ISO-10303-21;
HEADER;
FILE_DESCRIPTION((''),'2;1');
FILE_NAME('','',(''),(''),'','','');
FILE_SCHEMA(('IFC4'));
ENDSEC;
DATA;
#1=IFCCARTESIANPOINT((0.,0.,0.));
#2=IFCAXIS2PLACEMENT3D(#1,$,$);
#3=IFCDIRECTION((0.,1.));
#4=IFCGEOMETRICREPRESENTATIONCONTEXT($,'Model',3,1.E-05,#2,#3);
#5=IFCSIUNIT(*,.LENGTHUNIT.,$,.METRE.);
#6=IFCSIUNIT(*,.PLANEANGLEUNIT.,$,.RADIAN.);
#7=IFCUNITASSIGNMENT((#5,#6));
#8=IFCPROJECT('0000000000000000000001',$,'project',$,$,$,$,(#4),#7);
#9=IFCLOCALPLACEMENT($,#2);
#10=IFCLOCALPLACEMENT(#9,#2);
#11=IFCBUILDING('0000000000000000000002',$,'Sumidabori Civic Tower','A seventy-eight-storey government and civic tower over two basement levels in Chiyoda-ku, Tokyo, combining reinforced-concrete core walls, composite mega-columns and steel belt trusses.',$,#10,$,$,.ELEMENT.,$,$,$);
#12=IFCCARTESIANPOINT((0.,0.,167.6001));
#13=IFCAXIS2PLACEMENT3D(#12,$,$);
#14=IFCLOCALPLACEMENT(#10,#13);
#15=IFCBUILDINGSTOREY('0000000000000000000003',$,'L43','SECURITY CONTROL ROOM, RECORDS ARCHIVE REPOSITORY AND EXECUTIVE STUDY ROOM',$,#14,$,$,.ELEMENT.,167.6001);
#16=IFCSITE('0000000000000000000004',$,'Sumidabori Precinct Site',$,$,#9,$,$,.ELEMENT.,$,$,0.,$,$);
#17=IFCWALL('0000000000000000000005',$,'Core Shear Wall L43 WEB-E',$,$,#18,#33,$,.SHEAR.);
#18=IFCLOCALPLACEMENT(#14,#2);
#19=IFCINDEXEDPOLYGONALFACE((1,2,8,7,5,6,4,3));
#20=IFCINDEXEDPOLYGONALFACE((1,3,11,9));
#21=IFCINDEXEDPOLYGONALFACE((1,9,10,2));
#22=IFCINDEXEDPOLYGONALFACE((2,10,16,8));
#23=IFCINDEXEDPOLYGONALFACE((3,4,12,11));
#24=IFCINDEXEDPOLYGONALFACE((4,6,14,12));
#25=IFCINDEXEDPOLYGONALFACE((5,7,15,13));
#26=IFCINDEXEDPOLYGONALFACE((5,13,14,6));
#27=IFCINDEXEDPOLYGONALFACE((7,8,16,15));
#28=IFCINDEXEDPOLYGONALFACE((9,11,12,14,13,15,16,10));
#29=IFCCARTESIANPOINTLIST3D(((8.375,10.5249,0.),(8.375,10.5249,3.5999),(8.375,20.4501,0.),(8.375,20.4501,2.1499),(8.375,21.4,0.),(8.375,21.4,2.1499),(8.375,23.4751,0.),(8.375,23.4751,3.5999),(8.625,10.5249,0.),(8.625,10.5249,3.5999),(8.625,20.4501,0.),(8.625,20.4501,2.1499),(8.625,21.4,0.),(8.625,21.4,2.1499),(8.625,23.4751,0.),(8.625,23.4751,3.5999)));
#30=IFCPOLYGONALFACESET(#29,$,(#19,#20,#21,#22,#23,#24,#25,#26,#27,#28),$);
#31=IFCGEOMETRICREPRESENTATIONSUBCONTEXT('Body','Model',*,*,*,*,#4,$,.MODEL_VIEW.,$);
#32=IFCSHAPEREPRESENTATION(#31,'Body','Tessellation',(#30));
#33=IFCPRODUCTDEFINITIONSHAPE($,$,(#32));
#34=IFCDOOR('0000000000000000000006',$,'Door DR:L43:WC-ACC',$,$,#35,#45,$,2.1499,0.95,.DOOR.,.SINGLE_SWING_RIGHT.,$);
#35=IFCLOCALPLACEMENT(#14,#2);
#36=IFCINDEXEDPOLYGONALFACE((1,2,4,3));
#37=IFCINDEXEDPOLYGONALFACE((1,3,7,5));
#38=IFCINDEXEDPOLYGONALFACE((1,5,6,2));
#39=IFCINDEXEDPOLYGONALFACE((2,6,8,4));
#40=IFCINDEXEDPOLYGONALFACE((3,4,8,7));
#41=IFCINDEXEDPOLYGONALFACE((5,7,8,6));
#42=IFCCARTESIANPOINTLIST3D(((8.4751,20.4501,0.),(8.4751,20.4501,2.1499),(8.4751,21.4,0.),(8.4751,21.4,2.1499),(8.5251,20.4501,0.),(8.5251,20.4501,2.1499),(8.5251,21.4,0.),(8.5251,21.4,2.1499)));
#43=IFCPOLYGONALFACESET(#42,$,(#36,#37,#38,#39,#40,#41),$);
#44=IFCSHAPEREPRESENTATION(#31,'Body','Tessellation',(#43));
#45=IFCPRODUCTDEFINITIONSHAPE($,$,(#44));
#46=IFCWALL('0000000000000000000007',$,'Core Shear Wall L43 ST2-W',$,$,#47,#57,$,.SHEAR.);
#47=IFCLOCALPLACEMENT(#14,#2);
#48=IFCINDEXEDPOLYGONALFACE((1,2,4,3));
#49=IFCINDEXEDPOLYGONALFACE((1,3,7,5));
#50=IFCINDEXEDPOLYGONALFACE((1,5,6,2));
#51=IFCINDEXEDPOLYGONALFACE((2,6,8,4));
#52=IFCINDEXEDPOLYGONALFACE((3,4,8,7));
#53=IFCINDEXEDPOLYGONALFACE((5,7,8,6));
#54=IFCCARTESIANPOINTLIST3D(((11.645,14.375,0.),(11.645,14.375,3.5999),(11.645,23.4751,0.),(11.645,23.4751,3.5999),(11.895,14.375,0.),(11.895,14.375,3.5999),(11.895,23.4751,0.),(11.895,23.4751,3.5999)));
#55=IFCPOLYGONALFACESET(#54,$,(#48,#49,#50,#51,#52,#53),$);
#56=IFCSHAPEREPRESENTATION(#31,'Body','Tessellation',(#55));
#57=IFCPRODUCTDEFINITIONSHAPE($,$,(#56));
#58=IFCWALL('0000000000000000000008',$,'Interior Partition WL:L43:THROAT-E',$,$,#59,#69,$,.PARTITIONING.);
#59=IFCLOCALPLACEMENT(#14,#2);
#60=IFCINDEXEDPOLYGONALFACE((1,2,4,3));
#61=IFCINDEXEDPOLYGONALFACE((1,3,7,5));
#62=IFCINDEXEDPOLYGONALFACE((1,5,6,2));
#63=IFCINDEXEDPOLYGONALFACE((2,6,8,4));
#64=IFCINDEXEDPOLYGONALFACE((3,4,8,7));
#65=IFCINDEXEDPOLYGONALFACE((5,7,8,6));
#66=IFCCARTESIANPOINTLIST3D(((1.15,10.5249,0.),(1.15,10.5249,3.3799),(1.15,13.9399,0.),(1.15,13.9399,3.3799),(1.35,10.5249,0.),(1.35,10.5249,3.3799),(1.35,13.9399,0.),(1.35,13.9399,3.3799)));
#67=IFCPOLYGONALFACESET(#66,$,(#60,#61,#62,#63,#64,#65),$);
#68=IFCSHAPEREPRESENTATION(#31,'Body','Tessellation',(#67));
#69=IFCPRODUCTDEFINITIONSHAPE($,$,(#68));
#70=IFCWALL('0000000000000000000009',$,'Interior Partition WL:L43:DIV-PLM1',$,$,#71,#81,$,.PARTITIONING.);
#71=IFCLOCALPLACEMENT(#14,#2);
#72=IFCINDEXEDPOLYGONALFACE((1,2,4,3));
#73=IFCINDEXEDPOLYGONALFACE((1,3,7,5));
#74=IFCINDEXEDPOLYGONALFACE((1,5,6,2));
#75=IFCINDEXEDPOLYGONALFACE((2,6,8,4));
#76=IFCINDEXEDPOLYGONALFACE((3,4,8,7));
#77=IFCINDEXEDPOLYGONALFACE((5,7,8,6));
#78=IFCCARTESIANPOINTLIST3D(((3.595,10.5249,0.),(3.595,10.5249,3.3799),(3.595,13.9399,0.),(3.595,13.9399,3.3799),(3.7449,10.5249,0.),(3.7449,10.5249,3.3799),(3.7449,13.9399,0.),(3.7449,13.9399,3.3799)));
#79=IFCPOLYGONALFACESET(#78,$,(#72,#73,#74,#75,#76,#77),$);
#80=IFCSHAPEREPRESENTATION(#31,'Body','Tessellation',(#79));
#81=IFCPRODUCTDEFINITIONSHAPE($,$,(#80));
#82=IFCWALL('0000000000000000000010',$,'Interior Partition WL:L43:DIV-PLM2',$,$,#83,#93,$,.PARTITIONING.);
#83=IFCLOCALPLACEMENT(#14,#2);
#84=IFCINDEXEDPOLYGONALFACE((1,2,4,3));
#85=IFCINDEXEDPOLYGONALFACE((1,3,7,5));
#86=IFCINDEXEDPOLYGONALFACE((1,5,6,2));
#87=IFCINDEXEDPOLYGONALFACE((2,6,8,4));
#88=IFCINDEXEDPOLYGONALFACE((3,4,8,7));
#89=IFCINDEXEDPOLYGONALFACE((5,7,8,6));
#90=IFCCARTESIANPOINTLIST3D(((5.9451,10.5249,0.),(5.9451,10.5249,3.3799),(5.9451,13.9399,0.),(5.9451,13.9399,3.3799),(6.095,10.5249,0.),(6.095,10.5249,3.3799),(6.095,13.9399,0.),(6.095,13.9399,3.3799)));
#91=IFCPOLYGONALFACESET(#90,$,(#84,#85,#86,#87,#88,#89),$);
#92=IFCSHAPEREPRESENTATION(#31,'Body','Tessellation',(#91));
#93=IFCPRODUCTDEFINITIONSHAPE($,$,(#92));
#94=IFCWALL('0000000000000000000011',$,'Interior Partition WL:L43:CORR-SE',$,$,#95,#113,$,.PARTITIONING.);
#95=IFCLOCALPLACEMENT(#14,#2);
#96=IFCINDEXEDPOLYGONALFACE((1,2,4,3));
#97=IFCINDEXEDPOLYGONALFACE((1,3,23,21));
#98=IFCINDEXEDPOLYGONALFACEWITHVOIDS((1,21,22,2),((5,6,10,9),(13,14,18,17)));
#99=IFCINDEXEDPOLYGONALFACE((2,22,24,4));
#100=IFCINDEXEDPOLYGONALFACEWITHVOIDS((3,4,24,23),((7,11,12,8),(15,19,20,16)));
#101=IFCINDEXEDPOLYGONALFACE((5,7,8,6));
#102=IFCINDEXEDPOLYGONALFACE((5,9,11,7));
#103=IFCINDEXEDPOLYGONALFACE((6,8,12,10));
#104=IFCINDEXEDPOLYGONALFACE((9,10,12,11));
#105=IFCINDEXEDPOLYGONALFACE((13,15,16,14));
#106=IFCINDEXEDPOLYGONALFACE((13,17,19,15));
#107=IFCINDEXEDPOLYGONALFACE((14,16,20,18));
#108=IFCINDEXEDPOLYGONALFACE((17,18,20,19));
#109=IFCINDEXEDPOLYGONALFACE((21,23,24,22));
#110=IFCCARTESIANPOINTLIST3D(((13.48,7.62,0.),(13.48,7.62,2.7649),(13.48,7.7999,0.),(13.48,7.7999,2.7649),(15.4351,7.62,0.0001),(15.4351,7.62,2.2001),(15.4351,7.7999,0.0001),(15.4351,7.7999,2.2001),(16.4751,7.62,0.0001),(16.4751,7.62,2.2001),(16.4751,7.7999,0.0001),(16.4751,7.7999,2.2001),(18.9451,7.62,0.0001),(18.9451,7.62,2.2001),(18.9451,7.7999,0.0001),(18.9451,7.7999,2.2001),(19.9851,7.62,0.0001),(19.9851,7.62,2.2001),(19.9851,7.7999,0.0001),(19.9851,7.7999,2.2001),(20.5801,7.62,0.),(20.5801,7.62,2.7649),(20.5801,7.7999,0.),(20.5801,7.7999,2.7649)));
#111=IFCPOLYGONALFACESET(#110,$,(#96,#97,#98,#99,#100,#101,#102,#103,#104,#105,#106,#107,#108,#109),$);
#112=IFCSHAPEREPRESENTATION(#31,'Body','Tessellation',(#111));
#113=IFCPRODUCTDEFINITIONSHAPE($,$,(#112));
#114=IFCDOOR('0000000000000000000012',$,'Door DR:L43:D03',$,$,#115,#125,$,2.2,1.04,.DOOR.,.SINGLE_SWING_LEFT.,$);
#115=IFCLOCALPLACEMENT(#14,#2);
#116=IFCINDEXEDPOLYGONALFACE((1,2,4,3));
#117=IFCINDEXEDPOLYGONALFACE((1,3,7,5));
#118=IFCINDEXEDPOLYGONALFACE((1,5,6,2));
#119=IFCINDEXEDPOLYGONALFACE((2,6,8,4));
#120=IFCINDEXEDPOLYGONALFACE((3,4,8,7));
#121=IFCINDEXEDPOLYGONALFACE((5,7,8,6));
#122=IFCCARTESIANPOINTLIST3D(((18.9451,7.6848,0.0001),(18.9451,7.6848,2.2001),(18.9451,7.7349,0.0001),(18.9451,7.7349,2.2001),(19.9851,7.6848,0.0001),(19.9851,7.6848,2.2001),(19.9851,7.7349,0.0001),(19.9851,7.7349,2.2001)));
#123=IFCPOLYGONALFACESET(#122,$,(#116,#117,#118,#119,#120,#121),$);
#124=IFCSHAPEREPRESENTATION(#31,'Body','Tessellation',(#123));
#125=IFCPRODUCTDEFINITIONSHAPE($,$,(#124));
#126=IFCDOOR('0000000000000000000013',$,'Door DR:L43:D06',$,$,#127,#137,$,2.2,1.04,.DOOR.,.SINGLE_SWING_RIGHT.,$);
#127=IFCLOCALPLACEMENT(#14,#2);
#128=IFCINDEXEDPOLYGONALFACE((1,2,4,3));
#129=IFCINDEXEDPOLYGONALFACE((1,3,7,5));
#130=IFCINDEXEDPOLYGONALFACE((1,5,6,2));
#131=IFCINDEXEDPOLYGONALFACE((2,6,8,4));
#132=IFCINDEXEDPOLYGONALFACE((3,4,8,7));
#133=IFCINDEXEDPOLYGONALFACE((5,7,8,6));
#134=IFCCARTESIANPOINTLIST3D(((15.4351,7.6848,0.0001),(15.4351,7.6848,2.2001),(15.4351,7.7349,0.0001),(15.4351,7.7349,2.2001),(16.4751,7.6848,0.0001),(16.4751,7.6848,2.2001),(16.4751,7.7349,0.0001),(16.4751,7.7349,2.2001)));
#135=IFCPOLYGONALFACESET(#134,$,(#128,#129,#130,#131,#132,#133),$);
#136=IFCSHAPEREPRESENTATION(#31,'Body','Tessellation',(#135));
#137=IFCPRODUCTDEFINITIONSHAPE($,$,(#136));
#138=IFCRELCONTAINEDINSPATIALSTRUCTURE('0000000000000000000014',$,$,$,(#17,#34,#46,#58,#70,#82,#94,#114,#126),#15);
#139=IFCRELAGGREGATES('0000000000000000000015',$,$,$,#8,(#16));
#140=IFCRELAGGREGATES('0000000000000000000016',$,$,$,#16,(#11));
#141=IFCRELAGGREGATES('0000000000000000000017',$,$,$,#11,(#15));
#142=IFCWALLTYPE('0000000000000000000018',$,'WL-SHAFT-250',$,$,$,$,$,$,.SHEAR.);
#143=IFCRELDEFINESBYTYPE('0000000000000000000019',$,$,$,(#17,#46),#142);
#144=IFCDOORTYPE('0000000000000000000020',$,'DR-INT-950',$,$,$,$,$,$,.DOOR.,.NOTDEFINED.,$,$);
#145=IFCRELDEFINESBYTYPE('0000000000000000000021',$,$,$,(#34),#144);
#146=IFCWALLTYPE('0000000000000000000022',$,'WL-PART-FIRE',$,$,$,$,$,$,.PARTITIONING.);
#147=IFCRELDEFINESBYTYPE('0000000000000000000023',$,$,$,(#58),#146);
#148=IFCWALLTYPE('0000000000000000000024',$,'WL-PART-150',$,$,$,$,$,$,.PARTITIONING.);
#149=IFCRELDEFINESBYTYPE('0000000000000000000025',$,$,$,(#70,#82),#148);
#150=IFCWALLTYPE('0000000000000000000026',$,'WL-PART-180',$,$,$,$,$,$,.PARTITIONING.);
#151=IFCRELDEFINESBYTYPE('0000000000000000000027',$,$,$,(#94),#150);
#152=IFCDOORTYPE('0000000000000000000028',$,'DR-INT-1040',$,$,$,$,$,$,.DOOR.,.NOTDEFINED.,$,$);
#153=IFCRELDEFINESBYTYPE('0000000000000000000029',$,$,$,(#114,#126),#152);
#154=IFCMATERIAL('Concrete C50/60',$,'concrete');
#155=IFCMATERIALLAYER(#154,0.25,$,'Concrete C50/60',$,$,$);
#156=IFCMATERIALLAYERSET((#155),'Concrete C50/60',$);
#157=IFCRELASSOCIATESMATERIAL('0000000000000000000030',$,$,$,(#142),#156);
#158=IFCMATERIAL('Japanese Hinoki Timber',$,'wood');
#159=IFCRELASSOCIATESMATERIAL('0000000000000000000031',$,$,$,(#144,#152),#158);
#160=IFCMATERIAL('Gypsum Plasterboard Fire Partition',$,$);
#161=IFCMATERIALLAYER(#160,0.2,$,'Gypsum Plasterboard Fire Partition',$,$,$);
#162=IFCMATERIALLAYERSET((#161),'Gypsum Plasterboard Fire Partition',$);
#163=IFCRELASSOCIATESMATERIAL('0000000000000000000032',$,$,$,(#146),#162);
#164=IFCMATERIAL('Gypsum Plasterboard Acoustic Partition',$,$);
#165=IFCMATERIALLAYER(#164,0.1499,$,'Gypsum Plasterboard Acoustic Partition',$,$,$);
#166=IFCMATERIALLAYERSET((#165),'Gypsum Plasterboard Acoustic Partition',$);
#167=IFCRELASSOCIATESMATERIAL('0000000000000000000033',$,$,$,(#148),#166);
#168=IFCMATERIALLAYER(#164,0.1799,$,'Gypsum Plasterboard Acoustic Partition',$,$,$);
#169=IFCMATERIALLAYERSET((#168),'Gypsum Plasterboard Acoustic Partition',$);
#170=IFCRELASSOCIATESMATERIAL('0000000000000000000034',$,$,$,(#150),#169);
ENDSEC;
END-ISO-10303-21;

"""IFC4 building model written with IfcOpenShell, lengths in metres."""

from ifc_helpers import new_model, si_unit, direction, frame, frame_2d, origin, place, context, subcontext, project, spatial, rectangle, extrude, source, transform, mapped, material, layer, layer_set, type_object, element, fill, save


model = new_model("IFC4")

# Units and contexts
model_context = context("Model", 3, precision=1e-05, world=origin(), true_north=direction((0.0, 1.0)))
body_context = subcontext(model_context, "Body", "Model", "MODEL_VIEW")
ifc_project = project(units=[si_unit("LENGTHUNIT", "METRE"), si_unit("PLANEANGLEUNIT", "RADIAN")], contexts=[model_context])

# Site, building, storey
site_placement = place(None, origin())
site = spatial("IfcSite", under=ifc_project, at=site_placement, Name="Sumidabori Precinct Site", CompositionType="ELEMENT", RefElevation=0.0)
building_placement = place(site_placement, origin())
building = spatial("IfcBuilding", under=site, at=building_placement, Name="Sumidabori Civic Tower", Description="A seventy-eight-storey government and civic tower over two basement levels in Chiyoda-ku, Tokyo, combining reinforced-concrete core walls, composite mega-columns and steel belt trusses.", CompositionType="ELEMENT")
storey_placement = place(building_placement, frame((0.0, 0.0, 167.6001)))
storey = spatial("IfcBuildingStorey", under=building, at=storey_placement, Name="L43", Description="SECURITY CONTROL ROOM, RECORDS ARCHIVE REPOSITORY AND EXECUTIVE STUDY ROOM", CompositionType="ELEMENT", Elevation=167.6001)

# Shared definitions
ifc_material_1 = material(Name="Concrete C50/60", Category="concrete")

# Wall, opening, door
ifc_layer_1 = layer(ifc_material_1, 0.25, Name="Concrete C50/60")
ifc_layer_set_1 = layer_set([ifc_layer_1], Name="Concrete C50/60")
wall_type_1 = type_object("IfcWallType", Name="WL-SHAFT-250", PredefinedType="SHEAR", material=ifc_layer_set_1)
shared_shape_1 = source(origin(), body_context, "Body", "SweptSolid", [
    extrude(rectangle(XDim=12.9502, YDim=0.25, at=frame_2d((6.4751, 0.0))), origin(), (0.0, 0.0, 1.0), 3.5999),
])
wall_1_placement = place(storey_placement, frame((8.5, 10.5249, 0.0), z_axis=(0.0, 0.0, 1.0), x_axis=(0.0, 1.0, 0.0)))
wall_1 = element("IfcWall", 1, at=wall_1_placement, inside=storey, type_object=wall_type_1, Name="Core Shear Wall L43 WEB-E", PredefinedType="SHEAR", context=body_context, shape_type="MappedRepresentation", body=[
    mapped(shared_shape_1, transform((0.0, 0.0, 0.0), x_axis=(1.0, 0.0, 0.0), y_axis=(0.0, 1.0, 0.0), z_axis=(0.0, 0.0, 1.0), scale=1.0)),
])
opening_1_placement = place(wall_1_placement, frame((9.925, 0.0, 0.0)))
opening_1 = element("IfcOpeningElement", 2, at=opening_1_placement, cuts=wall_1, PredefinedType="OPENING", context=body_context, shape_type="SweptSolid", body=[
    extrude(rectangle(XDim=0.95, YDim=2.1499, at=frame_2d((0.4751, 1.075))), frame((0.0, 0.137, 0.0), z_axis=(0.0, -1.0, 0.0), x_axis=(1.0, 0.0, 0.0)), (0.0, 0.0, 1.0), 0.2739),
])
ifc_material_2 = material(Name="Japanese Hinoki Timber", Category="wood")
door_type_1 = type_object("IfcDoorType", Name="DR-INT-950", OperationType="NOTDEFINED", PredefinedType="DOOR", material=ifc_material_2)
shared_shape_2 = source(origin(), body_context, "Body", "SweptSolid", [
    extrude(rectangle(XDim=0.95, YDim=2.1499, at=frame_2d((0.4751, 1.075))), frame((0.0, 0.0249, 0.0), z_axis=(0.0, -1.0, 0.0), x_axis=(1.0, 0.0, 0.0)), (0.0, 0.0, 1.0), 0.05),
])
door_1_placement = place(opening_1_placement, origin())
door_1 = element("IfcDoor", 3, at=door_1_placement, inside=storey, type_object=door_type_1, Name="Door DR:L43:WC-ACC", OperationType="SINGLE_SWING_RIGHT", OverallHeight=2.1499, OverallWidth=0.95, PredefinedType="DOOR", context=body_context, shape_type="MappedRepresentation", body=[
    mapped(shared_shape_2, transform((0.0, 0.0, 0.0), x_axis=(1.0, 0.0, 0.0), y_axis=(0.0, 1.0, 0.0), z_axis=(0.0, 0.0, 1.0), scale=1.0)),
])
fill(opening_1, door_1)

# Wall
shared_shape_3 = source(origin(), body_context, "Body", "SweptSolid", [
    extrude(rectangle(XDim=9.1001, YDim=0.25, at=frame_2d((4.55, 0.0))), origin(), (0.0, 0.0, 1.0), 3.5999),
])
wall_2_placement = place(storey_placement, frame((11.77, 14.375, 0.0), z_axis=(0.0, 0.0, 1.0), x_axis=(0.0, 1.0, 0.0)))
element("IfcWall", 4, at=wall_2_placement, inside=storey, type_object=wall_type_1, Name="Core Shear Wall L43 ST2-W", PredefinedType="SHEAR", context=body_context, shape_type="MappedRepresentation", body=[
    mapped(shared_shape_3, transform((0.0, 0.0, 0.0), x_axis=(1.0, 0.0, 0.0), y_axis=(0.0, 1.0, 0.0), z_axis=(0.0, 0.0, 1.0), scale=1.0)),
])

# Shared definitions
ifc_material_3 = material(Name="Gypsum Plasterboard Fire Partition")
ifc_layer_2 = layer(ifc_material_3, 0.2, Name="Gypsum Plasterboard Fire Partition")
ifc_layer_set_2 = layer_set([ifc_layer_2], Name="Gypsum Plasterboard Fire Partition")
wall_type_2 = type_object("IfcWallType", Name="WL-PART-FIRE", PredefinedType="PARTITIONING", material=ifc_layer_set_2)

# Walls
shared_shape_4 = source(origin(), body_context, "Body", "SweptSolid", [
    extrude(rectangle(XDim=3.415, YDim=0.2, at=frame_2d((1.7075, 0.0))), origin(), (0.0, 0.0, 1.0), 3.3799),
])
wall_3_placement = place(storey_placement, frame((1.25, 10.5249, 0.0), z_axis=(0.0, 0.0, 1.0), x_axis=(0.0, 1.0, 0.0)))
element("IfcWall", 5, at=wall_3_placement, inside=storey, type_object=wall_type_2, Name="Interior Partition WL:L43:THROAT-E", PredefinedType="PARTITIONING", context=body_context, shape_type="MappedRepresentation", body=[
    mapped(shared_shape_4, transform((0.0, 0.0, 0.0), x_axis=(1.0, 0.0, 0.0), y_axis=(0.0, 1.0, 0.0), z_axis=(0.0, 0.0, 1.0), scale=1.0)),
])
ifc_material_4 = material(Name="Gypsum Plasterboard Acoustic Partition")
ifc_layer_3 = layer(ifc_material_4, 0.1499, Name="Gypsum Plasterboard Acoustic Partition")
ifc_layer_set_3 = layer_set([ifc_layer_3], Name="Gypsum Plasterboard Acoustic Partition")
wall_type_3 = type_object("IfcWallType", Name="WL-PART-150", PredefinedType="PARTITIONING", material=ifc_layer_set_3)
shared_shape_5 = source(origin(), body_context, "Body", "SweptSolid", [
    extrude(rectangle(XDim=3.415, YDim=0.1499, at=frame_2d((1.7075, 0.0))), origin(), (0.0, 0.0, 1.0), 3.3799),
])
for number, where, z_axis, x_axis, name in (
    (6, (3.6699, 10.5249, 0.0), (0.0, 0.0, 1.0), (0.0, 1.0, 0.0), "Interior Partition WL:L43:DIV-PLM1"),
    (7, (6.02, 10.5249, 0.0), (0.0, 0.0, 1.0), (0.0, 1.0, 0.0), "Interior Partition WL:L43:DIV-PLM2"),
):
    element("IfcWall", number, at=place(storey_placement, frame(where, z_axis=z_axis, x_axis=x_axis)), inside=storey, type_object=wall_type_3, Name=name, PredefinedType="PARTITIONING", context=body_context, shape_type="MappedRepresentation", body=[
        mapped(shared_shape_5, transform((0.0, 0.0, 0.0), x_axis=(1.0, 0.0, 0.0), y_axis=(0.0, 1.0, 0.0), z_axis=(0.0, 0.0, 1.0), scale=1.0)),
    ])

# Wall, openings, doors
ifc_layer_4 = layer(ifc_material_4, 0.1799, Name="Gypsum Plasterboard Acoustic Partition")
ifc_layer_set_4 = layer_set([ifc_layer_4], Name="Gypsum Plasterboard Acoustic Partition")
wall_type_4 = type_object("IfcWallType", Name="WL-PART-180", PredefinedType="PARTITIONING", material=ifc_layer_set_4)
shared_shape_6 = source(origin(), body_context, "Body", "SweptSolid", [
    extrude(rectangle(XDim=7.1001, YDim=0.1799, at=frame_2d((3.55, 0.0))), origin(), (0.0, 0.0, 1.0), 2.7649),
])
wall_4_placement = place(storey_placement, frame((13.48, 7.71, 0.0), z_axis=(0.0, 0.0, 1.0), x_axis=(1.0, 0.0, 0.0)))
wall_4 = element("IfcWall", 8, at=wall_4_placement, inside=storey, type_object=wall_type_4, Name="Interior Partition WL:L43:CORR-SE", PredefinedType="PARTITIONING", context=body_context, shape_type="MappedRepresentation", body=[
    mapped(shared_shape_6, transform((0.0, 0.0, 0.0), x_axis=(1.0, 0.0, 0.0), y_axis=(0.0, 1.0, 0.0), z_axis=(0.0, 0.0, 1.0), scale=1.0)),
])
opening_2_placement = place(wall_4_placement, frame((5.4651, 0.0, 0.0)))
opening_2 = element("IfcOpeningElement", 9, at=opening_2_placement, cuts=wall_4, PredefinedType="OPENING", context=body_context, shape_type="SweptSolid", body=[
    extrude(rectangle(XDim=1.04, YDim=2.2, at=frame_2d((0.52, 1.1001))), frame((0.0, 0.1021, 0.0), z_axis=(0.0, -1.0, 0.0), x_axis=(1.0, 0.0, 0.0)), (0.0, 0.0, 1.0), 0.2039),
])
opening_3_placement = place(wall_4_placement, frame((1.9551, 0.0, 0.0)))
opening_3 = element("IfcOpeningElement", 10, at=opening_3_placement, cuts=wall_4, PredefinedType="OPENING", context=body_context, shape_type="SweptSolid", body=[
    extrude(rectangle(XDim=1.04, YDim=2.2, at=frame_2d((0.52, 1.1001))), frame((0.0, 0.1021, 0.0), z_axis=(0.0, -1.0, 0.0), x_axis=(1.0, 0.0, 0.0)), (0.0, 0.0, 1.0), 0.2039),
])
door_type_2 = type_object("IfcDoorType", Name="DR-INT-1040", OperationType="NOTDEFINED", PredefinedType="DOOR", material=ifc_material_2)
shared_shape_7 = source(origin(), body_context, "Body", "SweptSolid", [
    extrude(rectangle(XDim=1.04, YDim=2.2, at=frame_2d((0.52, 1.1001))), frame((0.0, 0.0249, 0.0), z_axis=(0.0, -1.0, 0.0), x_axis=(1.0, 0.0, 0.0)), (0.0, 0.0, 1.0), 0.05),
])
door_2_placement = place(opening_2_placement, origin())
door_2 = element("IfcDoor", 11, at=door_2_placement, inside=storey, type_object=door_type_2, Name="Door DR:L43:D03", OperationType="SINGLE_SWING_LEFT", OverallHeight=2.2, OverallWidth=1.04, PredefinedType="DOOR", context=body_context, shape_type="MappedRepresentation", body=[
    mapped(shared_shape_7, transform((0.0, 0.0, 0.0), x_axis=(1.0, 0.0, 0.0), y_axis=(0.0, 1.0, 0.0), z_axis=(0.0, 0.0, 1.0), scale=1.0)),
])
fill(opening_2, door_2)
door_3_placement = place(opening_3_placement, origin())
door_3 = element("IfcDoor", 12, at=door_3_placement, inside=storey, type_object=door_type_2, Name="Door DR:L43:D06", OperationType="SINGLE_SWING_RIGHT", OverallHeight=2.2, OverallWidth=1.04, PredefinedType="DOOR", context=body_context, shape_type="MappedRepresentation", body=[
    mapped(shared_shape_7, transform((0.0, 0.0, 0.0), x_axis=(1.0, 0.0, 0.0), y_axis=(0.0, 1.0, 0.0), z_axis=(0.0, 0.0, 1.0), scale=1.0)),
])
fill(opening_3, door_3)

save(model, "model.ifc")
